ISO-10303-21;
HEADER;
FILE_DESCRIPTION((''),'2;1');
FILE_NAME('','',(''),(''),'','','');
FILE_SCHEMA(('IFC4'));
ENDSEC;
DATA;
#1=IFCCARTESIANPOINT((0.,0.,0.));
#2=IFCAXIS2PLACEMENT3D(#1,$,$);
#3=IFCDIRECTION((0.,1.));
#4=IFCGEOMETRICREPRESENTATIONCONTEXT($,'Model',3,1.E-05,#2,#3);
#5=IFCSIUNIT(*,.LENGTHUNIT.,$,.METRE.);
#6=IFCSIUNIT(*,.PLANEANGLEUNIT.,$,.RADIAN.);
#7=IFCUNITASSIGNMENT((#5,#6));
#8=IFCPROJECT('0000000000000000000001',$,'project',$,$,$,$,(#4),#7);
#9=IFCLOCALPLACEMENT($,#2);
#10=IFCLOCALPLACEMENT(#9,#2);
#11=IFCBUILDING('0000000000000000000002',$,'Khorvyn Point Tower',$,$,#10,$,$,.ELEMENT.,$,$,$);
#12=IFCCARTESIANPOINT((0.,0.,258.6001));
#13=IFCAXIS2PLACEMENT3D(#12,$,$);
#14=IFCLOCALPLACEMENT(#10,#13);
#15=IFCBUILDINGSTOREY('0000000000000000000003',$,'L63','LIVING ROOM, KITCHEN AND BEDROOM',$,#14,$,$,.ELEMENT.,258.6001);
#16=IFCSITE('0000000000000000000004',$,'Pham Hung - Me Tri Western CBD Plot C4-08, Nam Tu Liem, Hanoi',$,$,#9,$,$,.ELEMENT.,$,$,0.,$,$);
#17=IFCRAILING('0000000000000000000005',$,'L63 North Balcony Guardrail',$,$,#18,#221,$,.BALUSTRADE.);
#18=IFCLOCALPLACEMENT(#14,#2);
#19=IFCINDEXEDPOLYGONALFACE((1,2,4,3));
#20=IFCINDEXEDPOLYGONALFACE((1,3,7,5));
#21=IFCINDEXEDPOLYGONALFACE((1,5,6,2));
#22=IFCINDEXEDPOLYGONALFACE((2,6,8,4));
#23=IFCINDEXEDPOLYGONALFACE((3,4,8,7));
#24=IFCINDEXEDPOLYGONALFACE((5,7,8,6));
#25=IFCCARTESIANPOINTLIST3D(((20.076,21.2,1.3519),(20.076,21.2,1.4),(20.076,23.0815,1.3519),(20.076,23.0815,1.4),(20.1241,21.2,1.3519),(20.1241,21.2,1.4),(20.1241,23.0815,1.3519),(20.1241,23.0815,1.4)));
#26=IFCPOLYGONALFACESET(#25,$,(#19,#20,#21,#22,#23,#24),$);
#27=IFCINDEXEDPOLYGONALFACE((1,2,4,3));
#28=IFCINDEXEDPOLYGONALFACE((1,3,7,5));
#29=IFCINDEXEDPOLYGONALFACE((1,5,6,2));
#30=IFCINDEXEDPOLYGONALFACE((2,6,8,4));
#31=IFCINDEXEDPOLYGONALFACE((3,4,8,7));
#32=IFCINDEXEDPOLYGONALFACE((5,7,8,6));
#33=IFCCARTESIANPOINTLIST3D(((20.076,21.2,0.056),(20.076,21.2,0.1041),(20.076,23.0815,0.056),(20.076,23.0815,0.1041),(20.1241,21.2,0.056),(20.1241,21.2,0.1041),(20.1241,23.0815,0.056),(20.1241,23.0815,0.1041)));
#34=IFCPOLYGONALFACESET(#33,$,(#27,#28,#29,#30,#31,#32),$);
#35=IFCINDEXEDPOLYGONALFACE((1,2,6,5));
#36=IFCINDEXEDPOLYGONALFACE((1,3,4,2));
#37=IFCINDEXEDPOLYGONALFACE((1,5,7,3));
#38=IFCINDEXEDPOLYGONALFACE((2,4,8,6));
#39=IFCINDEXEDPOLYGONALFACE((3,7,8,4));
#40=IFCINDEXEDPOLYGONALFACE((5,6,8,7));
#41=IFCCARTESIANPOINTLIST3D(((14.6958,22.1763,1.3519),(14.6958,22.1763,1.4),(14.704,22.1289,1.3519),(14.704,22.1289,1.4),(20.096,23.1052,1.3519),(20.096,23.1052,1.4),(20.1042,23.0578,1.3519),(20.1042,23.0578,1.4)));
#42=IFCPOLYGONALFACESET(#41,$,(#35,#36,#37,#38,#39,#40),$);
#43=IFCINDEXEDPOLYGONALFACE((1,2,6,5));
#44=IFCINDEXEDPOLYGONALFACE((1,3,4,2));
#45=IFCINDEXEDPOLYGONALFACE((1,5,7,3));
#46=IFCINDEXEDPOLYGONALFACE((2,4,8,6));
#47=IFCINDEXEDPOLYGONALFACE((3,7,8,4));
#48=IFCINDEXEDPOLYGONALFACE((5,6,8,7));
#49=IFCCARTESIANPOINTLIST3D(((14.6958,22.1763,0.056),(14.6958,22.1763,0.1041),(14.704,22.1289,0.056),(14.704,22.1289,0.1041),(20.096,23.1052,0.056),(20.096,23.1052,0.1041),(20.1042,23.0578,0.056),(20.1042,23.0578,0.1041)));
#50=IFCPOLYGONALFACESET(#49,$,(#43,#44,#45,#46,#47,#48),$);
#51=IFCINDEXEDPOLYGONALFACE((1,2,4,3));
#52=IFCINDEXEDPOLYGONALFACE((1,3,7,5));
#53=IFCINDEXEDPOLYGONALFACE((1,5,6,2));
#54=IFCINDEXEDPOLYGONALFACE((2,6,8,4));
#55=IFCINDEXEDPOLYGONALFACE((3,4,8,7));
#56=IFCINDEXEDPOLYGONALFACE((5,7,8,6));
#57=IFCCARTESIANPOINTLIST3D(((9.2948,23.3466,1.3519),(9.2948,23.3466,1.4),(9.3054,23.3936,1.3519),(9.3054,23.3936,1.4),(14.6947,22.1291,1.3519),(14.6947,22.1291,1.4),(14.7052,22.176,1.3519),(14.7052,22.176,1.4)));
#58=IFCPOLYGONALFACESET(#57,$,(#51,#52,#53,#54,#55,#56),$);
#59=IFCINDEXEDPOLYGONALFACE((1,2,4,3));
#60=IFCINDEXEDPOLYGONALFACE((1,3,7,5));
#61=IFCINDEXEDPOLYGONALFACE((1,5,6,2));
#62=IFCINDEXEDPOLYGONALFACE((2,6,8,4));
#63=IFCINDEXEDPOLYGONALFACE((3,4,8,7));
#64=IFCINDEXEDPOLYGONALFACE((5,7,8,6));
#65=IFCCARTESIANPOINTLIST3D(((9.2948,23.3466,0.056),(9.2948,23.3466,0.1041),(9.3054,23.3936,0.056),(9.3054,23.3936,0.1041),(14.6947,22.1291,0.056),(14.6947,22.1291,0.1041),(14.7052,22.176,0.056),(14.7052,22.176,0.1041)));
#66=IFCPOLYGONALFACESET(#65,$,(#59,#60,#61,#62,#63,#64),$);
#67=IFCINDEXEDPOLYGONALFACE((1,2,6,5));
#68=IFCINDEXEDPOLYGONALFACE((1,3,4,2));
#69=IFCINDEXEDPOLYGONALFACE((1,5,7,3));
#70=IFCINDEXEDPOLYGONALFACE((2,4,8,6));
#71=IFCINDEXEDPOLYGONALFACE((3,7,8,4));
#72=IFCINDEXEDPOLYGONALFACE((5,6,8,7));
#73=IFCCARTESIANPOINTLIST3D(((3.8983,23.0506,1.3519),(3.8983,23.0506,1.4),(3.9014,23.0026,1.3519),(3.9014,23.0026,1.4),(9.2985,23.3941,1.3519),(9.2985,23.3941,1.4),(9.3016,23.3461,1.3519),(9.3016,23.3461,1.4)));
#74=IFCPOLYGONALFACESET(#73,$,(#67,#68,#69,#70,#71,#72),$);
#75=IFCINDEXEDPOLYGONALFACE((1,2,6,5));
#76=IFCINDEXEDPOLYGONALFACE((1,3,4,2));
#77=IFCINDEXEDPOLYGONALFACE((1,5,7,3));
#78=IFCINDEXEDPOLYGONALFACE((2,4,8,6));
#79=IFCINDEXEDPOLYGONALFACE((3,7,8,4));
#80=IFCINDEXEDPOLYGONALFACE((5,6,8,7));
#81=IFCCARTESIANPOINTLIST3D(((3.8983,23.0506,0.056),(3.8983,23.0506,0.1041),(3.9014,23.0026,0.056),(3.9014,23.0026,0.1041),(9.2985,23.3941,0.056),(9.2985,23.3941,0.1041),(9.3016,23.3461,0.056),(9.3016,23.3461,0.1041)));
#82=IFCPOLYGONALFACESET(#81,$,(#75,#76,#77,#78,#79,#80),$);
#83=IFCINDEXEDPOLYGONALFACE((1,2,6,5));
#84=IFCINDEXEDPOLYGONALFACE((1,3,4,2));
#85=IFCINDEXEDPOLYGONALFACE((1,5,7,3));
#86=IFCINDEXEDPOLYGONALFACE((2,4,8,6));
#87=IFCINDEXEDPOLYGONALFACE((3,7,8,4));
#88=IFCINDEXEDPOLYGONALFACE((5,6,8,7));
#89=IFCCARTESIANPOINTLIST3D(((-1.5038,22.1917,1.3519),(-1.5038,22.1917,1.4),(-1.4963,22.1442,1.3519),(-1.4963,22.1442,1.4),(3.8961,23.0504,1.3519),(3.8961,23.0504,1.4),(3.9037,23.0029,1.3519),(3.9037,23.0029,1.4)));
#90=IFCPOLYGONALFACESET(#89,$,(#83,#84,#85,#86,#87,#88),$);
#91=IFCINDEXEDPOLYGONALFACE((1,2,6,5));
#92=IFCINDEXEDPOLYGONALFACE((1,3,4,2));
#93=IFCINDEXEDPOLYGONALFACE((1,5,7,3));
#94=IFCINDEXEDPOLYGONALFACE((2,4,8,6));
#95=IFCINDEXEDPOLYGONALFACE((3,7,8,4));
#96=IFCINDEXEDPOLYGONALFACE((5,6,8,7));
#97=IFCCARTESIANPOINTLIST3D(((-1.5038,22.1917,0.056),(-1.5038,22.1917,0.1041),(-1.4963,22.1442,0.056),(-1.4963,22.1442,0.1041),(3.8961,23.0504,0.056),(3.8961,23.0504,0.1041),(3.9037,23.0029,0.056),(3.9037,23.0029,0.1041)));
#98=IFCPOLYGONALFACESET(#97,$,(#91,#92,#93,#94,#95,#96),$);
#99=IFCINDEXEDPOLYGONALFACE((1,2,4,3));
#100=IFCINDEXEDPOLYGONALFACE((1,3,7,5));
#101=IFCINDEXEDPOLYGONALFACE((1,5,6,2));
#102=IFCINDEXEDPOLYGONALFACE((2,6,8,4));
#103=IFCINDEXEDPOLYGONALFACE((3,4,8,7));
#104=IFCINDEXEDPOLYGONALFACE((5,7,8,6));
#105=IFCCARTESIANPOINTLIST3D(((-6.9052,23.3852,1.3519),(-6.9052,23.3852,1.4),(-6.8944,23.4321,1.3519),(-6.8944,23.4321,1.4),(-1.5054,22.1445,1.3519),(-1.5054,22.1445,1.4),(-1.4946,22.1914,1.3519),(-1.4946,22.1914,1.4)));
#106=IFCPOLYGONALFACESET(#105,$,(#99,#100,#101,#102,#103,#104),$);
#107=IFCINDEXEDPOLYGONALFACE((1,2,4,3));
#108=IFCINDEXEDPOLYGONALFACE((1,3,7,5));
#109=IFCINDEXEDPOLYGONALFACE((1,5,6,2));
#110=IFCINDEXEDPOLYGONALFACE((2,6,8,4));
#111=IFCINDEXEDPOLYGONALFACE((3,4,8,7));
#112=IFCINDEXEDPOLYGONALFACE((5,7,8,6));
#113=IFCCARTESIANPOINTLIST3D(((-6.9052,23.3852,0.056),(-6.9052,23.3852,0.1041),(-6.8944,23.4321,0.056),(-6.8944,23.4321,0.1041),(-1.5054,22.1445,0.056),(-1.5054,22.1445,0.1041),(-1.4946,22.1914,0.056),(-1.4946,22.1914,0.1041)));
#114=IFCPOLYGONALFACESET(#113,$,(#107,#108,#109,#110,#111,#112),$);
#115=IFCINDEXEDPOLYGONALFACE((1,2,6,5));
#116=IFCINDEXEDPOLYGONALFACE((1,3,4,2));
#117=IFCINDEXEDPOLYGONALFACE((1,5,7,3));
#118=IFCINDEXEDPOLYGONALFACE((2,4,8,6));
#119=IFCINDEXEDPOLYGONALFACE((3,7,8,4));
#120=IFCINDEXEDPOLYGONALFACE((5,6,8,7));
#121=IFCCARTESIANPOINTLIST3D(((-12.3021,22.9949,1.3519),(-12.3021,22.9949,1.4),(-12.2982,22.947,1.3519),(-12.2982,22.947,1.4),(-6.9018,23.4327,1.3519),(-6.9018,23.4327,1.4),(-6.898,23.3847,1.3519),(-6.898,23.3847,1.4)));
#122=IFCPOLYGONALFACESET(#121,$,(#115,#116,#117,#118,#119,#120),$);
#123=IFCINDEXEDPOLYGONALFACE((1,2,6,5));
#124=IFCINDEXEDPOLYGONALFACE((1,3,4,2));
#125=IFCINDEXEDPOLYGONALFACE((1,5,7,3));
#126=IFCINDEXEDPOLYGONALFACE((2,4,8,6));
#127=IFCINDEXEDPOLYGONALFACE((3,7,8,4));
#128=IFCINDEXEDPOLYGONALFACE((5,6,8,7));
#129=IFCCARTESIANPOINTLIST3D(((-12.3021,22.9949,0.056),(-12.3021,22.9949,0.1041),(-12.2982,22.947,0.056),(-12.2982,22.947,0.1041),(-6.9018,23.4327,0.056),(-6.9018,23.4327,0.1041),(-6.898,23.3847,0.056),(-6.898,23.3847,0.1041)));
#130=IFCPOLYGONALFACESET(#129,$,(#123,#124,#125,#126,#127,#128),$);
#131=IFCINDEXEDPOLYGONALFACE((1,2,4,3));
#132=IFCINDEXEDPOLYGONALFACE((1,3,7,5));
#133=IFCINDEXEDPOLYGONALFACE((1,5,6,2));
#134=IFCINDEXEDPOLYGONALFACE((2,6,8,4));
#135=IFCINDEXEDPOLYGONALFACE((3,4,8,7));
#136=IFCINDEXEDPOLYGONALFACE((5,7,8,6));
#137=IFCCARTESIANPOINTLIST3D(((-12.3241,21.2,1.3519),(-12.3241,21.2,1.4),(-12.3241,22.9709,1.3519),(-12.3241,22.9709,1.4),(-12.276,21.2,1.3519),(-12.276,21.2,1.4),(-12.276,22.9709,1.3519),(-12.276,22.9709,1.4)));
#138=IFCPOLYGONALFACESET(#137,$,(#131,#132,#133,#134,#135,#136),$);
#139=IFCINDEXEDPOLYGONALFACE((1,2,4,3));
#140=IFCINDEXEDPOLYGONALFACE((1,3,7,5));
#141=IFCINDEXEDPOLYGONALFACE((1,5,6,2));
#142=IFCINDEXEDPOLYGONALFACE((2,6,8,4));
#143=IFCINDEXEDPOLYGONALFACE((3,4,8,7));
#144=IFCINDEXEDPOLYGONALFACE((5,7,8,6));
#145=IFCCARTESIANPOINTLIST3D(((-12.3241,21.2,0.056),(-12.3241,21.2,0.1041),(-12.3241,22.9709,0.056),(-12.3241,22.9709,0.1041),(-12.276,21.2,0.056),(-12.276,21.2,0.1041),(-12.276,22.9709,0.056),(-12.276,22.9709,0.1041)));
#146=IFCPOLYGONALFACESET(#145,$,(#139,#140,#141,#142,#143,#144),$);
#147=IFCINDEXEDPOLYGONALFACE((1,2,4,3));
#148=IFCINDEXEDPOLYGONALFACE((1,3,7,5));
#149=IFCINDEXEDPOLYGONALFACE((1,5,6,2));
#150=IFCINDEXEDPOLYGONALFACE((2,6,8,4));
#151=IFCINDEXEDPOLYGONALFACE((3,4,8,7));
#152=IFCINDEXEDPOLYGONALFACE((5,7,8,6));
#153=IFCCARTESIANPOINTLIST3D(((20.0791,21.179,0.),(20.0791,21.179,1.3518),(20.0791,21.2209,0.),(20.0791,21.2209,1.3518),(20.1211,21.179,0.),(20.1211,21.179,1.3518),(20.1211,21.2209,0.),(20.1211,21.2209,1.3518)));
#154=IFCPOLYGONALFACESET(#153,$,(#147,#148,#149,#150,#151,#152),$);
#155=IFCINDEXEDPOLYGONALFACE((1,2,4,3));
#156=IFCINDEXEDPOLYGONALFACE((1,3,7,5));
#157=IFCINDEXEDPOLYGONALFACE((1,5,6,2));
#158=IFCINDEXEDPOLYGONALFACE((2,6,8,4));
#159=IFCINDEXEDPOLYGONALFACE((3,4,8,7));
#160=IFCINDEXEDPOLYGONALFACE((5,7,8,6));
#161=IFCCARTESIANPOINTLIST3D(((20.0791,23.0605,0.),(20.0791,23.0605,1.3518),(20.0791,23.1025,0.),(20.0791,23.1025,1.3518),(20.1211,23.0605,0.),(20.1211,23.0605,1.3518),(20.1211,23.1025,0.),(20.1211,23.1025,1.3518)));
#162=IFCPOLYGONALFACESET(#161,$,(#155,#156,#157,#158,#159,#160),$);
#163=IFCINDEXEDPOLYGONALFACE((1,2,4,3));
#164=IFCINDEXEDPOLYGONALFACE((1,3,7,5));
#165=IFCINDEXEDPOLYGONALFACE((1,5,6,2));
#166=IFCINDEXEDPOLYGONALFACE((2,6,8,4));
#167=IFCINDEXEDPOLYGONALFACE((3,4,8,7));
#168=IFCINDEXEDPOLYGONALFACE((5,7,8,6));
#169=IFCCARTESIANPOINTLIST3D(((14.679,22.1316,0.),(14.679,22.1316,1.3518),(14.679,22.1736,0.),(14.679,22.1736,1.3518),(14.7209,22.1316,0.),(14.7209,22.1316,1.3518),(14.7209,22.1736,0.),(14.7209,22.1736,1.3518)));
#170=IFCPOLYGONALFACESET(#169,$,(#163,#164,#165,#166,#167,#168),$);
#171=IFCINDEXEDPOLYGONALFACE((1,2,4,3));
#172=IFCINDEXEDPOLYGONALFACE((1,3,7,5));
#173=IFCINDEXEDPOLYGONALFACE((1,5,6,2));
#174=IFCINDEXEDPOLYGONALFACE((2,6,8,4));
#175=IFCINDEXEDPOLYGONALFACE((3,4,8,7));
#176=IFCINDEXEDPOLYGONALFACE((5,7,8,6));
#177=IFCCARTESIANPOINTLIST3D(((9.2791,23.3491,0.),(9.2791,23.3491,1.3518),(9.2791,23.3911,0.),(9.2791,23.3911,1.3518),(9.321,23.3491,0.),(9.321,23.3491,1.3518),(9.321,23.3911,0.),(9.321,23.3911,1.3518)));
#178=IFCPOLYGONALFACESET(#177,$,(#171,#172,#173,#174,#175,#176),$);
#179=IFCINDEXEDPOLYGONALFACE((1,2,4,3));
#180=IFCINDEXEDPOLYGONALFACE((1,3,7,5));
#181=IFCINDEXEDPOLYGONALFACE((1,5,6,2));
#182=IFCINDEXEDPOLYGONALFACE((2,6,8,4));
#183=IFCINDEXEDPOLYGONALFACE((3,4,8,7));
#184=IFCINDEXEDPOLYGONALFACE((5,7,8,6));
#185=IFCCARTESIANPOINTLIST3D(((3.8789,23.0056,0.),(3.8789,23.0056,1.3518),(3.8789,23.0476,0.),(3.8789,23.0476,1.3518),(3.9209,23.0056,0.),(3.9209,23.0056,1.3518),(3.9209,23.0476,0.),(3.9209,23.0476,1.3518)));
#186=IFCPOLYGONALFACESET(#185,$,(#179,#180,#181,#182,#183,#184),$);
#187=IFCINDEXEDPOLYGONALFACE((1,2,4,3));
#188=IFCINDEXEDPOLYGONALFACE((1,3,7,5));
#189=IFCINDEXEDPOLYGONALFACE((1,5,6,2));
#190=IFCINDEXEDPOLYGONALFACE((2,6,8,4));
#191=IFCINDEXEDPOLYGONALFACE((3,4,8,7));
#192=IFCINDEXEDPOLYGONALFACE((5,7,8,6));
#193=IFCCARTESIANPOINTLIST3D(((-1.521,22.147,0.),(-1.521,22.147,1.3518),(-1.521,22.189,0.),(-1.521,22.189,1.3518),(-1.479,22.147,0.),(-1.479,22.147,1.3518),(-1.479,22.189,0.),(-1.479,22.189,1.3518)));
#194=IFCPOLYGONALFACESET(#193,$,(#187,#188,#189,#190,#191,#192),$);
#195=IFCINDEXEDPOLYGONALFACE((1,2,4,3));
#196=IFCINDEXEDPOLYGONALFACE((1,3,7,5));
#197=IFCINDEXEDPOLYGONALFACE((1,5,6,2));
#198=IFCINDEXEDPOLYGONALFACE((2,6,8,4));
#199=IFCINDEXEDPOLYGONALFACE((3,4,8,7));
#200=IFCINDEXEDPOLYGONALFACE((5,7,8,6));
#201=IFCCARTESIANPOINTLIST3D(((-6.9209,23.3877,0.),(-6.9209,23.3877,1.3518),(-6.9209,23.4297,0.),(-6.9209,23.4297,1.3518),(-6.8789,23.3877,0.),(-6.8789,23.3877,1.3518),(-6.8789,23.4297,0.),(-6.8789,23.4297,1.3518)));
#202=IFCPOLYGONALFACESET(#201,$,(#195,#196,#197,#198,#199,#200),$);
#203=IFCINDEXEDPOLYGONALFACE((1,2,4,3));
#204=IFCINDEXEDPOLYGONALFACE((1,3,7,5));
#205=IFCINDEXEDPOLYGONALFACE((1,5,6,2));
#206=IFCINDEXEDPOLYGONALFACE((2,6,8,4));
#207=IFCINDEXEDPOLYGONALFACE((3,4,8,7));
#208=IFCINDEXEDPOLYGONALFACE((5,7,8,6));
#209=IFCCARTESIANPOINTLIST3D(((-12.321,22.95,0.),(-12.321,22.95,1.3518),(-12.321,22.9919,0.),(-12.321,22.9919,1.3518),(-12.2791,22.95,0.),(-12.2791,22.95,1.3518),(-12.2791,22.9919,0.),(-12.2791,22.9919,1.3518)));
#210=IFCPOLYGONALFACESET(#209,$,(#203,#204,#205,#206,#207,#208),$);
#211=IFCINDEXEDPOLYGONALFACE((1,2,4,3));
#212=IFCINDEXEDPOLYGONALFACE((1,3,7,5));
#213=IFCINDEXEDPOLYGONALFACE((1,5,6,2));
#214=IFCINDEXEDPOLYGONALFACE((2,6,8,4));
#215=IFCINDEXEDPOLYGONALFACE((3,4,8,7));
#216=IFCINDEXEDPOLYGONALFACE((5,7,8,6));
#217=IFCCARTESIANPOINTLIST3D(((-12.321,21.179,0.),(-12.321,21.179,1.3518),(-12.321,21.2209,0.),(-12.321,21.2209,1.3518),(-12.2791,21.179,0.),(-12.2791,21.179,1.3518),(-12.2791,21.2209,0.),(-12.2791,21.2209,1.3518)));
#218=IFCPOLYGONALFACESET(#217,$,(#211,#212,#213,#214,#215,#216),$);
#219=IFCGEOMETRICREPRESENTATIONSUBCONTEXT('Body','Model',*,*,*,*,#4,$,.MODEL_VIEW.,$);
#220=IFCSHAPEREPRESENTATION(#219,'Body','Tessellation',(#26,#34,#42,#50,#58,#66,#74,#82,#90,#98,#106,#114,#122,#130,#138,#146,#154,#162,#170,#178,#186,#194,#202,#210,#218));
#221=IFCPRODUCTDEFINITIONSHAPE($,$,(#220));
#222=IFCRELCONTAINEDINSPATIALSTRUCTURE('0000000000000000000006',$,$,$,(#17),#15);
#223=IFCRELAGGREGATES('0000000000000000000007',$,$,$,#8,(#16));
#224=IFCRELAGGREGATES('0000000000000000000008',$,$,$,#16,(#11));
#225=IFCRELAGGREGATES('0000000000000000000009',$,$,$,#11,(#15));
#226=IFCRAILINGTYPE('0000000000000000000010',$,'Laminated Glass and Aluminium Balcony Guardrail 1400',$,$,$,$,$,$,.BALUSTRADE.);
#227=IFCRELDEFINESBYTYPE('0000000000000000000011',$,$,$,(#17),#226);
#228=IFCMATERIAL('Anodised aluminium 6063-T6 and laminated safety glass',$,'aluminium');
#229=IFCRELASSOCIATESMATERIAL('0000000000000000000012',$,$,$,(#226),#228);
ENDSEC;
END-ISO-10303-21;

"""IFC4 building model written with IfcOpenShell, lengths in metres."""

from ifc_helpers import new_model, si_unit, direction, frame, origin, origin_2d, place, context, subcontext, project, spatial, rectangle, extrude, material, type_object, element, save


model = new_model("IFC4")

# Units and contexts
model_context = context("Model", 3, precision=1e-05, world=origin(), true_north=direction((0.0, 1.0)))
body_context = subcontext(model_context, "Body", "Model", "MODEL_VIEW")
ifc_project = project(units=[si_unit("LENGTHUNIT", "METRE"), si_unit("PLANEANGLEUNIT", "RADIAN")], contexts=[model_context])

# Site, building, storey
site_placement = place(None, origin())
site = spatial("IfcSite", under=ifc_project, at=site_placement, Name="Pham Hung - Me Tri Western CBD Plot C4-08, Nam Tu Liem, Hanoi", CompositionType="ELEMENT", RefElevation=0.0)
building_placement = place(site_placement, origin())
building = spatial("IfcBuilding", under=site, at=building_placement, Name="Khorvyn Point Tower", CompositionType="ELEMENT")
storey_placement = place(building_placement, frame((0.0, 0.0, 258.6001)))
storey = spatial("IfcBuildingStorey", under=building, at=storey_placement, Name="L63", Description="LIVING ROOM, KITCHEN AND BEDROOM", CompositionType="ELEMENT", Elevation=258.6001)

# Railing
ifc_material_1 = material(Name="Anodised aluminium 6063-T6 and laminated safety glass", Category="aluminium")
railing_type = type_object("IfcRailingType", Name="Laminated Glass and Aluminium Balcony Guardrail 1400", PredefinedType="BALUSTRADE", material=ifc_material_1)
railing_1_placement = place(storey_placement, frame((20.1001, 21.2, 0.0)))
element("IfcRailing", 1, at=railing_1_placement, inside=storey, type_object=railing_type, Name="L63 North Balcony Guardrail", PredefinedType="BALUSTRADE", context=body_context, shape_type="SweptSolid", body=[
    extrude(rectangle(XDim=0.0481, YDim=0.0481, at=origin_2d()), frame((0.0, 0.0, 1.376), z_axis=(0.0, 1.0, 0.0), x_axis=(-1.0, 0.0, 0.0)), (0.0, 0.0, 1.0), 1.8816),
    extrude(rectangle(XDim=0.0481, YDim=0.0481, at=origin_2d()), frame((0.0, 0.0, 0.0801), z_axis=(0.0, 1.0, 0.0), x_axis=(-1.0, 0.0, 0.0)), (0.0, 0.0, 1.0), 1.8816),
    extrude(rectangle(XDim=0.0481, YDim=0.0481, at=origin_2d()), frame((0.0, 1.8816, 1.376), z_axis=(-0.985524, -0.169534, 0.0), x_axis=(0.169534, -0.985524, 0.0)), (0.0, 0.0, 1.0), 5.4795),
    extrude(rectangle(XDim=0.0481, YDim=0.0481, at=origin_2d()), frame((0.0, 1.8816, 0.0801), z_axis=(-0.985524, -0.169534, 0.0), x_axis=(0.169534, -0.985524, 0.0)), (0.0, 0.0, 1.0), 5.4795),
    extrude(rectangle(XDim=0.0481, YDim=0.0481, at=origin_2d()), frame((-5.4001, 0.9526, 1.376), z_axis=(-0.975511, 0.219951, 0.0), x_axis=(-0.219951, -0.975511, 0.0)), (0.0, 0.0, 1.0), 5.5354),
    extrude(rectangle(XDim=0.0481, YDim=0.0481, at=origin_2d()), frame((-5.4001, 0.9526, 0.0801), z_axis=(-0.975511, 0.219951, 0.0), x_axis=(-0.219951, -0.975511, 0.0)), (0.0, 0.0, 1.0), 5.5354),
    extrude(rectangle(XDim=0.0481, YDim=0.0481, at=origin_2d()), frame((-10.8, 2.1702, 1.376), z_axis=(-0.997983, -0.063482, 0.0), x_axis=(0.063482, -0.997983, 0.0)), (0.0, 0.0, 1.0), 5.4111),
    extrude(rectangle(XDim=0.0481, YDim=0.0481, at=origin_2d()), frame((-10.8, 2.1702, 0.0801), z_axis=(-0.997983, -0.063482, 0.0), x_axis=(0.063482, -0.997983, 0.0)), (0.0, 0.0, 1.0), 5.4111),
    extrude(rectangle(XDim=0.0481, YDim=0.0481, at=origin_2d()), frame((-16.2002, 1.8267, 1.376), z_axis=(-0.987593, -0.157038, 0.0), x_axis=(0.157038, -0.987593, 0.0)), (0.0, 0.0, 1.0), 5.4678),
    extrude(rectangle(XDim=0.0481, YDim=0.0481, at=origin_2d()), frame((-16.2002, 1.8267, 0.0801), z_axis=(-0.987593, -0.157038, 0.0), x_axis=(0.157038, -0.987593, 0.0)), (0.0, 0.0, 1.0), 5.4678),
    extrude(rectangle(XDim=0.0481, YDim=0.0481, at=origin_2d()), frame((-21.6001, 0.968, 1.376), z_axis=(-0.974605, 0.223933, 0.0), x_axis=(-0.223933, -0.974605, 0.0)), (0.0, 0.0, 1.0), 5.5405),
    extrude(rectangle(XDim=0.0481, YDim=0.0481, at=origin_2d()), frame((-21.6001, 0.968, 0.0801), z_axis=(-0.974605, 0.223933, 0.0), x_axis=(-0.223933, -0.974605, 0.0)), (0.0, 0.0, 1.0), 5.5405),
    extrude(rectangle(XDim=0.0481, YDim=0.0481, at=origin_2d()), frame((-27.0, 2.2087, 1.376), z_axis=(-0.996731, -0.080797, 0.0), x_axis=(0.080797, -0.996731, 0.0)), (0.0, 0.0, 1.0), 5.418),
    extrude(rectangle(XDim=0.0481, YDim=0.0481, at=origin_2d()), frame((-27.0, 2.2087, 0.0801), z_axis=(-0.996731, -0.080797, 0.0), x_axis=(0.080797, -0.996731, 0.0)), (0.0, 0.0, 1.0), 5.418),
    extrude(rectangle(XDim=0.0481, YDim=0.0481, at=origin_2d()), frame((-32.4001, 1.771, 1.376), z_axis=(0.0, -1.0, 0.0), x_axis=(1.0, 0.0, 0.0)), (0.0, 0.0, 1.0), 1.771),
    extrude(rectangle(XDim=0.0481, YDim=0.0481, at=origin_2d()), frame((-32.4001, 1.771, 0.0801), z_axis=(0.0, -1.0, 0.0), x_axis=(1.0, 0.0, 0.0)), (0.0, 0.0, 1.0), 1.771),
    extrude(rectangle(XDim=0.042, YDim=0.042, at=origin_2d()), origin(), (0.0, 0.0, 1.0), 1.3518),
    extrude(rectangle(XDim=0.042, YDim=0.042, at=origin_2d()), frame((0.0, 1.8816, 0.0)), (0.0, 0.0, 1.0), 1.3518),
    extrude(rectangle(XDim=0.042, YDim=0.042, at=origin_2d()), frame((-5.4001, 0.9526, 0.0)), (0.0, 0.0, 1.0), 1.3518),
    extrude(rectangle(XDim=0.042, YDim=0.042, at=origin_2d()), frame((-10.8, 2.1702, 0.0)), (0.0, 0.0, 1.0), 1.3518),
    extrude(rectangle(XDim=0.042, YDim=0.042, at=origin_2d()), frame((-16.2002, 1.8267, 0.0)), (0.0, 0.0, 1.0), 1.3518),
    extrude(rectangle(XDim=0.042, YDim=0.042, at=origin_2d()), frame((-21.6001, 0.968, 0.0)), (0.0, 0.0, 1.0), 1.3518),
    extrude(rectangle(XDim=0.042, YDim=0.042, at=origin_2d()), frame((-27.0, 2.2087, 0.0)), (0.0, 0.0, 1.0), 1.3518),
    extrude(rectangle(XDim=0.042, YDim=0.042, at=origin_2d()), frame((-32.4001, 1.771, 0.0)), (0.0, 0.0, 1.0), 1.3518),
    extrude(rectangle(XDim=0.042, YDim=0.042, at=origin_2d()), frame((-32.4001, 0.0, 0.0)), (0.0, 0.0, 1.0), 1.3518),
])

save(model, "model.ifc")
